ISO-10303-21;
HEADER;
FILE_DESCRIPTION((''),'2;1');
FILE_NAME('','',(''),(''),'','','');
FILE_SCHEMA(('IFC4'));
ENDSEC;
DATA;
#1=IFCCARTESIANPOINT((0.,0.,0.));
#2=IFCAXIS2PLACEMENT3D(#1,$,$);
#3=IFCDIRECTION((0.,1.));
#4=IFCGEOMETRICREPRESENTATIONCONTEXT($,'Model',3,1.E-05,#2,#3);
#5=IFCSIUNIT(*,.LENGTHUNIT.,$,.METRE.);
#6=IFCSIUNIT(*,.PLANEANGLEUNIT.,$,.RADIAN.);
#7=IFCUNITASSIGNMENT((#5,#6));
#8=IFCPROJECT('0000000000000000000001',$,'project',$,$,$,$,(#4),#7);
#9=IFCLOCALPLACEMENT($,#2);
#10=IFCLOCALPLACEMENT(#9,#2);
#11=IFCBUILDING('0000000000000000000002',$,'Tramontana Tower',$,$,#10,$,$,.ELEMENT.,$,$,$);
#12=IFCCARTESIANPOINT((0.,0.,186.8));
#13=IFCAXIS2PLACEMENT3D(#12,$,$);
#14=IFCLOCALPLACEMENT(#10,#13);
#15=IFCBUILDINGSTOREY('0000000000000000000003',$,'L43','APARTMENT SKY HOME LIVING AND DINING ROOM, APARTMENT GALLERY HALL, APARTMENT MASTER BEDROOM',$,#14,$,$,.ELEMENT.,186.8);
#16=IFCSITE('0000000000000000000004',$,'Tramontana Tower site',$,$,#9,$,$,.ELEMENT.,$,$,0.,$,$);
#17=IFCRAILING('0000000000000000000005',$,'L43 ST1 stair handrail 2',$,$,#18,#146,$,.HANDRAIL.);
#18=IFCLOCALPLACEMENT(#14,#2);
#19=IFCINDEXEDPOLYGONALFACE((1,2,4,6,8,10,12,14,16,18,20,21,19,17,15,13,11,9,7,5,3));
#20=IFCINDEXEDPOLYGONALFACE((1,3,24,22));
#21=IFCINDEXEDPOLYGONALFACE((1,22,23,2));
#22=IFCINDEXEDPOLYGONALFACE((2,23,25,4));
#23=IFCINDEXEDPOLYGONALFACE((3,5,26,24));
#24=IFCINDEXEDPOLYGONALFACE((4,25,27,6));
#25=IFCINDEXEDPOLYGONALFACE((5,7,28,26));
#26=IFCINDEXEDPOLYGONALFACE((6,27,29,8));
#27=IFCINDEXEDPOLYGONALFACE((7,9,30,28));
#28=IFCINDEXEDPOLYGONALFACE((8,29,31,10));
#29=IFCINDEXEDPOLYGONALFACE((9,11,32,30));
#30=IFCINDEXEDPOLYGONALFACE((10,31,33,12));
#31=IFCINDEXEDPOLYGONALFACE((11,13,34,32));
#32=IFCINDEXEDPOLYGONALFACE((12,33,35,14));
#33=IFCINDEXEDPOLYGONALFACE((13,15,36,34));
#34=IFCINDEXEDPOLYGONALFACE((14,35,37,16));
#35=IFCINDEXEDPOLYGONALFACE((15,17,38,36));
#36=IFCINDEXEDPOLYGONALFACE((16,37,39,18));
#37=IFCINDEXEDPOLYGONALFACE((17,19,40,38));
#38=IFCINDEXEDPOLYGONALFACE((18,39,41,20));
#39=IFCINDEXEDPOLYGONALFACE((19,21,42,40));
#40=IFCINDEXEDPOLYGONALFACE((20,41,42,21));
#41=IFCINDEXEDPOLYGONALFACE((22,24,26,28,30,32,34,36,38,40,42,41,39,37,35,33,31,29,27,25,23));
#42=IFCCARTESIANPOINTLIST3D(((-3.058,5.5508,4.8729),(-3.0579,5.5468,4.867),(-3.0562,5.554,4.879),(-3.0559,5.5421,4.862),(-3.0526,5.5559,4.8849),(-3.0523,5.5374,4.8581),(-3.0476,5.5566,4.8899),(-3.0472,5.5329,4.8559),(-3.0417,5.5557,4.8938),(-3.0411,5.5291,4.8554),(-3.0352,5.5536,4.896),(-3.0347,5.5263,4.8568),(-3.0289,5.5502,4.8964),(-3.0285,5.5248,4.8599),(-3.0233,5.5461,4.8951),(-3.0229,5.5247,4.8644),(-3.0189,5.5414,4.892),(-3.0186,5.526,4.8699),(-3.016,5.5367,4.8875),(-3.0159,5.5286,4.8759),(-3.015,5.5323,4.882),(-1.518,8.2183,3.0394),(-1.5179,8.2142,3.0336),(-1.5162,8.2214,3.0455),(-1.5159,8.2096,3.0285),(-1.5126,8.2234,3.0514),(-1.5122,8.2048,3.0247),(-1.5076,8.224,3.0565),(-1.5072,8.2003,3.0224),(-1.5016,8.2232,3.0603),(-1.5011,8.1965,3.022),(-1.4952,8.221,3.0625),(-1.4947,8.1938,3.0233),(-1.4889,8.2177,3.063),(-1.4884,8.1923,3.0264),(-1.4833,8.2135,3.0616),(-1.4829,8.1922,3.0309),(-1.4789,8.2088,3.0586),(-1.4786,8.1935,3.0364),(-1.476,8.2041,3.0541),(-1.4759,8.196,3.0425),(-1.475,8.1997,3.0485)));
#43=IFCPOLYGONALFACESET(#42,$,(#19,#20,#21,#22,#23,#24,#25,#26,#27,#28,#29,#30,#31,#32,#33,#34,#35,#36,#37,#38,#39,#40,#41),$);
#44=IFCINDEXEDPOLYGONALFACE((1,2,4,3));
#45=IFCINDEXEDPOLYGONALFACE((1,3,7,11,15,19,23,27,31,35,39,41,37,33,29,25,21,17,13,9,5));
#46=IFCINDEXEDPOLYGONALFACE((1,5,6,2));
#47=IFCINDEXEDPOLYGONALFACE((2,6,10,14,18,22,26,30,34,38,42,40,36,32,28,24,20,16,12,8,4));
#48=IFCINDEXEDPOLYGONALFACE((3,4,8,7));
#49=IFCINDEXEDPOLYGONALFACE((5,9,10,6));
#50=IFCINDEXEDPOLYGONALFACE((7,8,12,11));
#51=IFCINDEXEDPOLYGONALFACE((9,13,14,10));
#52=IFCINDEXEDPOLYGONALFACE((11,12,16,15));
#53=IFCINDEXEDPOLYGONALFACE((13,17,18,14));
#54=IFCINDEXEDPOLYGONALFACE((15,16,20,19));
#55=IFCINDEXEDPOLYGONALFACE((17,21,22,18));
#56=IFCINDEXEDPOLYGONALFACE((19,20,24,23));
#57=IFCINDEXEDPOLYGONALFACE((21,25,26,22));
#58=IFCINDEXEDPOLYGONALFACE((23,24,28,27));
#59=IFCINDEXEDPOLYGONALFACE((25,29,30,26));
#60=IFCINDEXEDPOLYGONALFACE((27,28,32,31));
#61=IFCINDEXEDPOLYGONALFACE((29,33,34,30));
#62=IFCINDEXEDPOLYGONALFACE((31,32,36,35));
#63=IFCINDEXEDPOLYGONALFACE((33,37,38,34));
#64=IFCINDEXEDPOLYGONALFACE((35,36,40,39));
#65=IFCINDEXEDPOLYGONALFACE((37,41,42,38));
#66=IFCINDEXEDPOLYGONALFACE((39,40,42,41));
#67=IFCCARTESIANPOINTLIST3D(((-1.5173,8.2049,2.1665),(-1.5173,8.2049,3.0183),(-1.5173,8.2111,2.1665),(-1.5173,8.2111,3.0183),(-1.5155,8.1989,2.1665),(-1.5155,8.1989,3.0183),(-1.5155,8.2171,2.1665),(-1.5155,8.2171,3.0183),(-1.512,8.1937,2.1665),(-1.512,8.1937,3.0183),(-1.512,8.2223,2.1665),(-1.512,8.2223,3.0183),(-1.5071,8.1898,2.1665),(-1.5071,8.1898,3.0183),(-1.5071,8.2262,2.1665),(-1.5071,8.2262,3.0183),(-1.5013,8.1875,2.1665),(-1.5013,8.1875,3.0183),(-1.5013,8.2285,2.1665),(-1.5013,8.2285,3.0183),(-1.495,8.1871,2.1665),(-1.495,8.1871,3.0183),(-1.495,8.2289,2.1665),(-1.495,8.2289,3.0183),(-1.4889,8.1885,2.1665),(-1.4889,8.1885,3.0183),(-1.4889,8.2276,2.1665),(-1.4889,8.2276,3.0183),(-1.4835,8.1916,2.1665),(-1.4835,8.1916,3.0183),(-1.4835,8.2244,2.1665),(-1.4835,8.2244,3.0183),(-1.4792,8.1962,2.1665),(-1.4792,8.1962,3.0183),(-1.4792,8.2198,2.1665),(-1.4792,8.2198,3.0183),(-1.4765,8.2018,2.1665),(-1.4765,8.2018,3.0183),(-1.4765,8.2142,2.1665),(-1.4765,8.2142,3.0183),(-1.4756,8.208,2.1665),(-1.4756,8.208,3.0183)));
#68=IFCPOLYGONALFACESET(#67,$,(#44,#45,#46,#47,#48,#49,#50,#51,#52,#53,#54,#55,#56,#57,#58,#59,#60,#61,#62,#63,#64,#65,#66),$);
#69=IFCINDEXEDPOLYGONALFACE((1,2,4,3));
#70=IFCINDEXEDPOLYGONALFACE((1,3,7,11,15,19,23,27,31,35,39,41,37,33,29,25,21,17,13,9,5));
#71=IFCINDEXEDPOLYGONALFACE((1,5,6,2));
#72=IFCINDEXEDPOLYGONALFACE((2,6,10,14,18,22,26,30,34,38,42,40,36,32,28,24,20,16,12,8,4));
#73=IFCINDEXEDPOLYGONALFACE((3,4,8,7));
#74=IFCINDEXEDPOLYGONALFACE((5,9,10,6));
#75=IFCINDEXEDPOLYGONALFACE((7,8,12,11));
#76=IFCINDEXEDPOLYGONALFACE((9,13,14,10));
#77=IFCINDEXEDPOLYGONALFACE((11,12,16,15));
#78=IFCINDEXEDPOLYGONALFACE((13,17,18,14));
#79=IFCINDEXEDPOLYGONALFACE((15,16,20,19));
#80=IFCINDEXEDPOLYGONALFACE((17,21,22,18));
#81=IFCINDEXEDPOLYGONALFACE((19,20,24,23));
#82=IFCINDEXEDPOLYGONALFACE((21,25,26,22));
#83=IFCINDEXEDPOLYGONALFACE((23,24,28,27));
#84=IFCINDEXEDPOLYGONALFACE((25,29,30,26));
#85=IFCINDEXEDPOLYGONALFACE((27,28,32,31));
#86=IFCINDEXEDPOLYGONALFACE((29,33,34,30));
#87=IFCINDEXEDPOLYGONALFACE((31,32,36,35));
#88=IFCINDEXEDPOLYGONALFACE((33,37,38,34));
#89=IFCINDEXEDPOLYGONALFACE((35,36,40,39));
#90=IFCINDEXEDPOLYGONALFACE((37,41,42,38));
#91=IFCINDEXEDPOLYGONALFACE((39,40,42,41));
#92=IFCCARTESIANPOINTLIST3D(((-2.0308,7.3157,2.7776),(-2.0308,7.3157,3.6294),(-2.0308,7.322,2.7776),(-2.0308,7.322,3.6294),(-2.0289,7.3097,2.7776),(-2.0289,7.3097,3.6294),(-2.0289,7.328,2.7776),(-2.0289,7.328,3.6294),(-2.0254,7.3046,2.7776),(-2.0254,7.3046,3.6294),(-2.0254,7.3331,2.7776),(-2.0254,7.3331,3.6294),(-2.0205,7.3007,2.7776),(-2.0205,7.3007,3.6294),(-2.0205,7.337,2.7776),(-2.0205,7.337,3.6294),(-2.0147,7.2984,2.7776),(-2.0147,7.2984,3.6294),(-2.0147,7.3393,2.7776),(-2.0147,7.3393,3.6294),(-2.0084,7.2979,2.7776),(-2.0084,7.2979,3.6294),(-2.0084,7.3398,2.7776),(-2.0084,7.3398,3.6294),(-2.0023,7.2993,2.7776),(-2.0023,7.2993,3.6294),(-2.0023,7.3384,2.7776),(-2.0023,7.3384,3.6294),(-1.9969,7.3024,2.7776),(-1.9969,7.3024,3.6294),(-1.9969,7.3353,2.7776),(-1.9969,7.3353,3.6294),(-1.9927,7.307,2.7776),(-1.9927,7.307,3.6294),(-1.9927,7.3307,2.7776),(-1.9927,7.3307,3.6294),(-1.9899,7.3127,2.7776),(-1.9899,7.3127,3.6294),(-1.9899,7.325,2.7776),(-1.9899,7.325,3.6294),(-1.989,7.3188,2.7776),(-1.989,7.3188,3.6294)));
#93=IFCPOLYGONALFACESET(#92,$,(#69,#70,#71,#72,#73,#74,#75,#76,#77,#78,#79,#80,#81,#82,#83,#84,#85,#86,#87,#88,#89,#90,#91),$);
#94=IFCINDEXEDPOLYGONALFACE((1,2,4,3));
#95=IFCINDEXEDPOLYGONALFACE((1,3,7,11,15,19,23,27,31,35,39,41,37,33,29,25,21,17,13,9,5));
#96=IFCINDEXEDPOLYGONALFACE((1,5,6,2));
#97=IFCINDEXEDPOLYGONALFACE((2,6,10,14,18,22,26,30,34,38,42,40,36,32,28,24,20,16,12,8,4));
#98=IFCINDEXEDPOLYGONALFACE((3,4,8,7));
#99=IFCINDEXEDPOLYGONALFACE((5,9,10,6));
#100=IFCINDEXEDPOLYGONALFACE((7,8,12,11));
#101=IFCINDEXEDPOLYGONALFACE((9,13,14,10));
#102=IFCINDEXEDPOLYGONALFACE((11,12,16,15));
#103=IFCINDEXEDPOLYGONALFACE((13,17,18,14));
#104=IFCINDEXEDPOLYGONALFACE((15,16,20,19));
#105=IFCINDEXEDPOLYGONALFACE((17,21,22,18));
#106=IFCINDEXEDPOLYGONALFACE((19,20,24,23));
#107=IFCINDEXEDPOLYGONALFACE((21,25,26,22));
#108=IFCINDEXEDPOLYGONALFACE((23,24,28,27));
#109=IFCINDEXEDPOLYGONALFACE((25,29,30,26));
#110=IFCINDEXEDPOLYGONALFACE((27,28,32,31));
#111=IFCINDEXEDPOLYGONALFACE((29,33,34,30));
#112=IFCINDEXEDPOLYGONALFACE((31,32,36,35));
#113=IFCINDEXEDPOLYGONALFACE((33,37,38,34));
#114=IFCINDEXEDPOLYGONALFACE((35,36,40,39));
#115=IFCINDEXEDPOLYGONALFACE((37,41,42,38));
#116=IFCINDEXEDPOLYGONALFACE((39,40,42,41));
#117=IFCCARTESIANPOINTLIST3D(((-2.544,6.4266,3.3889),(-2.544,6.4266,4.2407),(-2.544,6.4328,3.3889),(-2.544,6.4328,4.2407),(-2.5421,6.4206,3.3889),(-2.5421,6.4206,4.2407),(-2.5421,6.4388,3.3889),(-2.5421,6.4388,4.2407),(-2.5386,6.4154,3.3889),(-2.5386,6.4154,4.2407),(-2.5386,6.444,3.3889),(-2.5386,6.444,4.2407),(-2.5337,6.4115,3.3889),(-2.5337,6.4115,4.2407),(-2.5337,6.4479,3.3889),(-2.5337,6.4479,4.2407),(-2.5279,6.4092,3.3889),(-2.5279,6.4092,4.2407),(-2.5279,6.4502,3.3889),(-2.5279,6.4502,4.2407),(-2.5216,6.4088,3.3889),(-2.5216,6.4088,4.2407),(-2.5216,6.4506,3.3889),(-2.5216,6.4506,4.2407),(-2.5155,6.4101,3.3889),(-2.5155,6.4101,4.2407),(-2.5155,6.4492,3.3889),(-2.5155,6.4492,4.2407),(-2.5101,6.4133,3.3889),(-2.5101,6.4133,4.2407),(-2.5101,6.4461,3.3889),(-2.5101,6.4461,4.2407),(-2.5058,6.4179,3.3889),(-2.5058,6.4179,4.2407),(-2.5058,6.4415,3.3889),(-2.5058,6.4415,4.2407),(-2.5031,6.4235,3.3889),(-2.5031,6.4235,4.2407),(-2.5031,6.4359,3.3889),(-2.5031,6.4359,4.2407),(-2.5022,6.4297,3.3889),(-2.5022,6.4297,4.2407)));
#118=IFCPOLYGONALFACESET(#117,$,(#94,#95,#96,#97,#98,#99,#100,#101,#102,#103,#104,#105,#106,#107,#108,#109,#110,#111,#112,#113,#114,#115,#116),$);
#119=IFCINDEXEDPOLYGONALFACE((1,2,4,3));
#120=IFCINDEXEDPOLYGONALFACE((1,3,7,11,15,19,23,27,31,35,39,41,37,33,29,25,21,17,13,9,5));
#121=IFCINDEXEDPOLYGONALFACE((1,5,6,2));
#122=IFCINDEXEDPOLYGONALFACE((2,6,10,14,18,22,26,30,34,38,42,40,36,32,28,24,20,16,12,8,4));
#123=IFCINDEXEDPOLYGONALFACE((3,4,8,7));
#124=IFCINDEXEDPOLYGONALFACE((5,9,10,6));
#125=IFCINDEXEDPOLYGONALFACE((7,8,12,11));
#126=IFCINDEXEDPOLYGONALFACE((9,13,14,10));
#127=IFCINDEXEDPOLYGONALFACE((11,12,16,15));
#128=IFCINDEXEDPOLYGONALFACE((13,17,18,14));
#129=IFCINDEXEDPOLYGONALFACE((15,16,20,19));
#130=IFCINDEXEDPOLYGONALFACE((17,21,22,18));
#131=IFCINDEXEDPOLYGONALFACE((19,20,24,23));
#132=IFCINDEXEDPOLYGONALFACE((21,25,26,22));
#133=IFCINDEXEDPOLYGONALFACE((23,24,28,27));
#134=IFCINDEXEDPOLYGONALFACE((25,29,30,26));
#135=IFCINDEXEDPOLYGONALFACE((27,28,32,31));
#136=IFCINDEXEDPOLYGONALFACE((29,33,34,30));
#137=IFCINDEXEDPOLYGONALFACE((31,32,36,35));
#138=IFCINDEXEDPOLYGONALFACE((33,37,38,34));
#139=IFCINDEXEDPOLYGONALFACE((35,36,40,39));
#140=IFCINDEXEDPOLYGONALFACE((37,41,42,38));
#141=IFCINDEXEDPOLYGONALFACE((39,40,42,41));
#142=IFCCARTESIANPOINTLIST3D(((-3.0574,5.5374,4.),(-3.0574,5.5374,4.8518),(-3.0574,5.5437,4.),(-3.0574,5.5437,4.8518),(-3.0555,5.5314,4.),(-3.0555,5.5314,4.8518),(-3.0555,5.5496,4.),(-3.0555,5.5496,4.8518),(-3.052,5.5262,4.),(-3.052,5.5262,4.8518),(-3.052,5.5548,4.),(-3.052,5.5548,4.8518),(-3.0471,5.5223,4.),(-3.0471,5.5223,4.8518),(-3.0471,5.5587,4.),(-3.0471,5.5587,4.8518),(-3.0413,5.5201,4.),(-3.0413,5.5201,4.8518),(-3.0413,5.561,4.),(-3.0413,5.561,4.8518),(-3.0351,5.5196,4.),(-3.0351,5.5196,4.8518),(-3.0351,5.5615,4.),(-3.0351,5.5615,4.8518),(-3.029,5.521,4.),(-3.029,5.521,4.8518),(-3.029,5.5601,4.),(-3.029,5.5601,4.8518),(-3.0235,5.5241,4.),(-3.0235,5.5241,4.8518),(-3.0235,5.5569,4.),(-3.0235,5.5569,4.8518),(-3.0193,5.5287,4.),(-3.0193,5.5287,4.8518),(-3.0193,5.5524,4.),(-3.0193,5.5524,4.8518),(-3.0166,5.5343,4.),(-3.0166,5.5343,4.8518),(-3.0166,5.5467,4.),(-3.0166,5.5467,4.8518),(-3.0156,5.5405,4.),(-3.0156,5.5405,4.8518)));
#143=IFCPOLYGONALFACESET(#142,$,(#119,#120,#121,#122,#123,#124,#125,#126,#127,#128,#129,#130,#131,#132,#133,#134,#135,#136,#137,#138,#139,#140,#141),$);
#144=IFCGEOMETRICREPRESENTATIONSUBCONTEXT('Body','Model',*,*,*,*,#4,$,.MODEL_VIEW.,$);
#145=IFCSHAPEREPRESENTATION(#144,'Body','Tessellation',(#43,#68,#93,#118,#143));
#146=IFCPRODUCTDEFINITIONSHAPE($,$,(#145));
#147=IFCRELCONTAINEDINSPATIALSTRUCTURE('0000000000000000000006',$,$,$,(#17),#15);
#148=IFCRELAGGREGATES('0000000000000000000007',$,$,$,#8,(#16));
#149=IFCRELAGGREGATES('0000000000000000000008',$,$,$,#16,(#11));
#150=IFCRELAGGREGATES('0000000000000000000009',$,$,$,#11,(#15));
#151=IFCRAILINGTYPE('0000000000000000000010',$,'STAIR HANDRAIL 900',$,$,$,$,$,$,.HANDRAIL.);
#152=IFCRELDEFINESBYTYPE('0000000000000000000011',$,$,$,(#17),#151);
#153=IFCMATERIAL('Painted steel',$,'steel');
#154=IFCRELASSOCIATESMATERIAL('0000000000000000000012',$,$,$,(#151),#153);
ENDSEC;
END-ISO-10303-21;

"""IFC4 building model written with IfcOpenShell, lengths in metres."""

from ifc_helpers import new_model, si_unit, direction, frame, origin, origin_2d, place, context, subcontext, project, spatial, circle, extrude, material, type_object, element, save


model = new_model("IFC4")

# Units and contexts
model_context = context("Model", 3, precision=1e-05, world=origin(), true_north=direction((0.0, 1.0)))
body_context = subcontext(model_context, "Body", "Model", "MODEL_VIEW")
ifc_project = project(units=[si_unit("LENGTHUNIT", "METRE"), si_unit("PLANEANGLEUNIT", "RADIAN")], contexts=[model_context])

# Site, building, storey
site_placement = place(None, origin())
site = spatial("IfcSite", under=ifc_project, at=site_placement, Name="Tramontana Tower site", CompositionType="ELEMENT", RefElevation=0.0)
building_placement = place(site_placement, origin())
building = spatial("IfcBuilding", under=site, at=building_placement, Name="Tramontana Tower", CompositionType="ELEMENT")
storey_placement = place(building_placement, frame((0.0, 0.0, 186.8)))
storey = spatial("IfcBuildingStorey", under=building, at=storey_placement, Name="L43", Description="APARTMENT SKY HOME LIVING AND DINING ROOM, APARTMENT GALLERY HALL, APARTMENT MASTER BEDROOM", CompositionType="ELEMENT", Elevation=186.8)

# Railing
ifc_material_1 = material(Name="Painted steel", Category="steel")
railing_type_1 = type_object("IfcRailingType", Name="STAIR HANDRAIL 900", PredefinedType="HANDRAIL", material=ifc_material_1)
railing_1_placement = place(storey_placement, frame((-1.4966, 8.208, 2.1665)))
element("IfcRailing", 1, at=railing_1_placement, inside=storey, type_object=railing_type_1, Name="L43 ST1 stair handrail 2", PredefinedType="HANDRAIL", context=body_context, shape_type="SweptSolid", body=[
    extrude(circle(Radius=0.0239, at=origin_2d()), frame((0.0, 0.0, 0.876), z_axis=(-0.429634, -0.744164, 0.511502), x_axis=(0.86603, -0.499992, 0.0)), (0.0, 0.0, 1.0), 3.5845),
    extrude(circle(Radius=0.021, at=origin_2d()), origin(), (0.0, 0.0, 1.0), 0.8518),
    extrude(circle(Radius=0.021, at=origin_2d()), frame((-0.5134, -0.8892, 0.6111)), (0.0, 0.0, 1.0), 0.8518),
    extrude(circle(Radius=0.021, at=origin_2d()), frame((-1.0266, -1.7783, 1.2224)), (0.0, 0.0, 1.0), 0.8518),
    extrude(circle(Radius=0.021, at=origin_2d()), frame((-1.54, -2.6675, 1.8335)), (0.0, 0.0, 1.0), 0.8518),
])

save(model, "model.ifc")
